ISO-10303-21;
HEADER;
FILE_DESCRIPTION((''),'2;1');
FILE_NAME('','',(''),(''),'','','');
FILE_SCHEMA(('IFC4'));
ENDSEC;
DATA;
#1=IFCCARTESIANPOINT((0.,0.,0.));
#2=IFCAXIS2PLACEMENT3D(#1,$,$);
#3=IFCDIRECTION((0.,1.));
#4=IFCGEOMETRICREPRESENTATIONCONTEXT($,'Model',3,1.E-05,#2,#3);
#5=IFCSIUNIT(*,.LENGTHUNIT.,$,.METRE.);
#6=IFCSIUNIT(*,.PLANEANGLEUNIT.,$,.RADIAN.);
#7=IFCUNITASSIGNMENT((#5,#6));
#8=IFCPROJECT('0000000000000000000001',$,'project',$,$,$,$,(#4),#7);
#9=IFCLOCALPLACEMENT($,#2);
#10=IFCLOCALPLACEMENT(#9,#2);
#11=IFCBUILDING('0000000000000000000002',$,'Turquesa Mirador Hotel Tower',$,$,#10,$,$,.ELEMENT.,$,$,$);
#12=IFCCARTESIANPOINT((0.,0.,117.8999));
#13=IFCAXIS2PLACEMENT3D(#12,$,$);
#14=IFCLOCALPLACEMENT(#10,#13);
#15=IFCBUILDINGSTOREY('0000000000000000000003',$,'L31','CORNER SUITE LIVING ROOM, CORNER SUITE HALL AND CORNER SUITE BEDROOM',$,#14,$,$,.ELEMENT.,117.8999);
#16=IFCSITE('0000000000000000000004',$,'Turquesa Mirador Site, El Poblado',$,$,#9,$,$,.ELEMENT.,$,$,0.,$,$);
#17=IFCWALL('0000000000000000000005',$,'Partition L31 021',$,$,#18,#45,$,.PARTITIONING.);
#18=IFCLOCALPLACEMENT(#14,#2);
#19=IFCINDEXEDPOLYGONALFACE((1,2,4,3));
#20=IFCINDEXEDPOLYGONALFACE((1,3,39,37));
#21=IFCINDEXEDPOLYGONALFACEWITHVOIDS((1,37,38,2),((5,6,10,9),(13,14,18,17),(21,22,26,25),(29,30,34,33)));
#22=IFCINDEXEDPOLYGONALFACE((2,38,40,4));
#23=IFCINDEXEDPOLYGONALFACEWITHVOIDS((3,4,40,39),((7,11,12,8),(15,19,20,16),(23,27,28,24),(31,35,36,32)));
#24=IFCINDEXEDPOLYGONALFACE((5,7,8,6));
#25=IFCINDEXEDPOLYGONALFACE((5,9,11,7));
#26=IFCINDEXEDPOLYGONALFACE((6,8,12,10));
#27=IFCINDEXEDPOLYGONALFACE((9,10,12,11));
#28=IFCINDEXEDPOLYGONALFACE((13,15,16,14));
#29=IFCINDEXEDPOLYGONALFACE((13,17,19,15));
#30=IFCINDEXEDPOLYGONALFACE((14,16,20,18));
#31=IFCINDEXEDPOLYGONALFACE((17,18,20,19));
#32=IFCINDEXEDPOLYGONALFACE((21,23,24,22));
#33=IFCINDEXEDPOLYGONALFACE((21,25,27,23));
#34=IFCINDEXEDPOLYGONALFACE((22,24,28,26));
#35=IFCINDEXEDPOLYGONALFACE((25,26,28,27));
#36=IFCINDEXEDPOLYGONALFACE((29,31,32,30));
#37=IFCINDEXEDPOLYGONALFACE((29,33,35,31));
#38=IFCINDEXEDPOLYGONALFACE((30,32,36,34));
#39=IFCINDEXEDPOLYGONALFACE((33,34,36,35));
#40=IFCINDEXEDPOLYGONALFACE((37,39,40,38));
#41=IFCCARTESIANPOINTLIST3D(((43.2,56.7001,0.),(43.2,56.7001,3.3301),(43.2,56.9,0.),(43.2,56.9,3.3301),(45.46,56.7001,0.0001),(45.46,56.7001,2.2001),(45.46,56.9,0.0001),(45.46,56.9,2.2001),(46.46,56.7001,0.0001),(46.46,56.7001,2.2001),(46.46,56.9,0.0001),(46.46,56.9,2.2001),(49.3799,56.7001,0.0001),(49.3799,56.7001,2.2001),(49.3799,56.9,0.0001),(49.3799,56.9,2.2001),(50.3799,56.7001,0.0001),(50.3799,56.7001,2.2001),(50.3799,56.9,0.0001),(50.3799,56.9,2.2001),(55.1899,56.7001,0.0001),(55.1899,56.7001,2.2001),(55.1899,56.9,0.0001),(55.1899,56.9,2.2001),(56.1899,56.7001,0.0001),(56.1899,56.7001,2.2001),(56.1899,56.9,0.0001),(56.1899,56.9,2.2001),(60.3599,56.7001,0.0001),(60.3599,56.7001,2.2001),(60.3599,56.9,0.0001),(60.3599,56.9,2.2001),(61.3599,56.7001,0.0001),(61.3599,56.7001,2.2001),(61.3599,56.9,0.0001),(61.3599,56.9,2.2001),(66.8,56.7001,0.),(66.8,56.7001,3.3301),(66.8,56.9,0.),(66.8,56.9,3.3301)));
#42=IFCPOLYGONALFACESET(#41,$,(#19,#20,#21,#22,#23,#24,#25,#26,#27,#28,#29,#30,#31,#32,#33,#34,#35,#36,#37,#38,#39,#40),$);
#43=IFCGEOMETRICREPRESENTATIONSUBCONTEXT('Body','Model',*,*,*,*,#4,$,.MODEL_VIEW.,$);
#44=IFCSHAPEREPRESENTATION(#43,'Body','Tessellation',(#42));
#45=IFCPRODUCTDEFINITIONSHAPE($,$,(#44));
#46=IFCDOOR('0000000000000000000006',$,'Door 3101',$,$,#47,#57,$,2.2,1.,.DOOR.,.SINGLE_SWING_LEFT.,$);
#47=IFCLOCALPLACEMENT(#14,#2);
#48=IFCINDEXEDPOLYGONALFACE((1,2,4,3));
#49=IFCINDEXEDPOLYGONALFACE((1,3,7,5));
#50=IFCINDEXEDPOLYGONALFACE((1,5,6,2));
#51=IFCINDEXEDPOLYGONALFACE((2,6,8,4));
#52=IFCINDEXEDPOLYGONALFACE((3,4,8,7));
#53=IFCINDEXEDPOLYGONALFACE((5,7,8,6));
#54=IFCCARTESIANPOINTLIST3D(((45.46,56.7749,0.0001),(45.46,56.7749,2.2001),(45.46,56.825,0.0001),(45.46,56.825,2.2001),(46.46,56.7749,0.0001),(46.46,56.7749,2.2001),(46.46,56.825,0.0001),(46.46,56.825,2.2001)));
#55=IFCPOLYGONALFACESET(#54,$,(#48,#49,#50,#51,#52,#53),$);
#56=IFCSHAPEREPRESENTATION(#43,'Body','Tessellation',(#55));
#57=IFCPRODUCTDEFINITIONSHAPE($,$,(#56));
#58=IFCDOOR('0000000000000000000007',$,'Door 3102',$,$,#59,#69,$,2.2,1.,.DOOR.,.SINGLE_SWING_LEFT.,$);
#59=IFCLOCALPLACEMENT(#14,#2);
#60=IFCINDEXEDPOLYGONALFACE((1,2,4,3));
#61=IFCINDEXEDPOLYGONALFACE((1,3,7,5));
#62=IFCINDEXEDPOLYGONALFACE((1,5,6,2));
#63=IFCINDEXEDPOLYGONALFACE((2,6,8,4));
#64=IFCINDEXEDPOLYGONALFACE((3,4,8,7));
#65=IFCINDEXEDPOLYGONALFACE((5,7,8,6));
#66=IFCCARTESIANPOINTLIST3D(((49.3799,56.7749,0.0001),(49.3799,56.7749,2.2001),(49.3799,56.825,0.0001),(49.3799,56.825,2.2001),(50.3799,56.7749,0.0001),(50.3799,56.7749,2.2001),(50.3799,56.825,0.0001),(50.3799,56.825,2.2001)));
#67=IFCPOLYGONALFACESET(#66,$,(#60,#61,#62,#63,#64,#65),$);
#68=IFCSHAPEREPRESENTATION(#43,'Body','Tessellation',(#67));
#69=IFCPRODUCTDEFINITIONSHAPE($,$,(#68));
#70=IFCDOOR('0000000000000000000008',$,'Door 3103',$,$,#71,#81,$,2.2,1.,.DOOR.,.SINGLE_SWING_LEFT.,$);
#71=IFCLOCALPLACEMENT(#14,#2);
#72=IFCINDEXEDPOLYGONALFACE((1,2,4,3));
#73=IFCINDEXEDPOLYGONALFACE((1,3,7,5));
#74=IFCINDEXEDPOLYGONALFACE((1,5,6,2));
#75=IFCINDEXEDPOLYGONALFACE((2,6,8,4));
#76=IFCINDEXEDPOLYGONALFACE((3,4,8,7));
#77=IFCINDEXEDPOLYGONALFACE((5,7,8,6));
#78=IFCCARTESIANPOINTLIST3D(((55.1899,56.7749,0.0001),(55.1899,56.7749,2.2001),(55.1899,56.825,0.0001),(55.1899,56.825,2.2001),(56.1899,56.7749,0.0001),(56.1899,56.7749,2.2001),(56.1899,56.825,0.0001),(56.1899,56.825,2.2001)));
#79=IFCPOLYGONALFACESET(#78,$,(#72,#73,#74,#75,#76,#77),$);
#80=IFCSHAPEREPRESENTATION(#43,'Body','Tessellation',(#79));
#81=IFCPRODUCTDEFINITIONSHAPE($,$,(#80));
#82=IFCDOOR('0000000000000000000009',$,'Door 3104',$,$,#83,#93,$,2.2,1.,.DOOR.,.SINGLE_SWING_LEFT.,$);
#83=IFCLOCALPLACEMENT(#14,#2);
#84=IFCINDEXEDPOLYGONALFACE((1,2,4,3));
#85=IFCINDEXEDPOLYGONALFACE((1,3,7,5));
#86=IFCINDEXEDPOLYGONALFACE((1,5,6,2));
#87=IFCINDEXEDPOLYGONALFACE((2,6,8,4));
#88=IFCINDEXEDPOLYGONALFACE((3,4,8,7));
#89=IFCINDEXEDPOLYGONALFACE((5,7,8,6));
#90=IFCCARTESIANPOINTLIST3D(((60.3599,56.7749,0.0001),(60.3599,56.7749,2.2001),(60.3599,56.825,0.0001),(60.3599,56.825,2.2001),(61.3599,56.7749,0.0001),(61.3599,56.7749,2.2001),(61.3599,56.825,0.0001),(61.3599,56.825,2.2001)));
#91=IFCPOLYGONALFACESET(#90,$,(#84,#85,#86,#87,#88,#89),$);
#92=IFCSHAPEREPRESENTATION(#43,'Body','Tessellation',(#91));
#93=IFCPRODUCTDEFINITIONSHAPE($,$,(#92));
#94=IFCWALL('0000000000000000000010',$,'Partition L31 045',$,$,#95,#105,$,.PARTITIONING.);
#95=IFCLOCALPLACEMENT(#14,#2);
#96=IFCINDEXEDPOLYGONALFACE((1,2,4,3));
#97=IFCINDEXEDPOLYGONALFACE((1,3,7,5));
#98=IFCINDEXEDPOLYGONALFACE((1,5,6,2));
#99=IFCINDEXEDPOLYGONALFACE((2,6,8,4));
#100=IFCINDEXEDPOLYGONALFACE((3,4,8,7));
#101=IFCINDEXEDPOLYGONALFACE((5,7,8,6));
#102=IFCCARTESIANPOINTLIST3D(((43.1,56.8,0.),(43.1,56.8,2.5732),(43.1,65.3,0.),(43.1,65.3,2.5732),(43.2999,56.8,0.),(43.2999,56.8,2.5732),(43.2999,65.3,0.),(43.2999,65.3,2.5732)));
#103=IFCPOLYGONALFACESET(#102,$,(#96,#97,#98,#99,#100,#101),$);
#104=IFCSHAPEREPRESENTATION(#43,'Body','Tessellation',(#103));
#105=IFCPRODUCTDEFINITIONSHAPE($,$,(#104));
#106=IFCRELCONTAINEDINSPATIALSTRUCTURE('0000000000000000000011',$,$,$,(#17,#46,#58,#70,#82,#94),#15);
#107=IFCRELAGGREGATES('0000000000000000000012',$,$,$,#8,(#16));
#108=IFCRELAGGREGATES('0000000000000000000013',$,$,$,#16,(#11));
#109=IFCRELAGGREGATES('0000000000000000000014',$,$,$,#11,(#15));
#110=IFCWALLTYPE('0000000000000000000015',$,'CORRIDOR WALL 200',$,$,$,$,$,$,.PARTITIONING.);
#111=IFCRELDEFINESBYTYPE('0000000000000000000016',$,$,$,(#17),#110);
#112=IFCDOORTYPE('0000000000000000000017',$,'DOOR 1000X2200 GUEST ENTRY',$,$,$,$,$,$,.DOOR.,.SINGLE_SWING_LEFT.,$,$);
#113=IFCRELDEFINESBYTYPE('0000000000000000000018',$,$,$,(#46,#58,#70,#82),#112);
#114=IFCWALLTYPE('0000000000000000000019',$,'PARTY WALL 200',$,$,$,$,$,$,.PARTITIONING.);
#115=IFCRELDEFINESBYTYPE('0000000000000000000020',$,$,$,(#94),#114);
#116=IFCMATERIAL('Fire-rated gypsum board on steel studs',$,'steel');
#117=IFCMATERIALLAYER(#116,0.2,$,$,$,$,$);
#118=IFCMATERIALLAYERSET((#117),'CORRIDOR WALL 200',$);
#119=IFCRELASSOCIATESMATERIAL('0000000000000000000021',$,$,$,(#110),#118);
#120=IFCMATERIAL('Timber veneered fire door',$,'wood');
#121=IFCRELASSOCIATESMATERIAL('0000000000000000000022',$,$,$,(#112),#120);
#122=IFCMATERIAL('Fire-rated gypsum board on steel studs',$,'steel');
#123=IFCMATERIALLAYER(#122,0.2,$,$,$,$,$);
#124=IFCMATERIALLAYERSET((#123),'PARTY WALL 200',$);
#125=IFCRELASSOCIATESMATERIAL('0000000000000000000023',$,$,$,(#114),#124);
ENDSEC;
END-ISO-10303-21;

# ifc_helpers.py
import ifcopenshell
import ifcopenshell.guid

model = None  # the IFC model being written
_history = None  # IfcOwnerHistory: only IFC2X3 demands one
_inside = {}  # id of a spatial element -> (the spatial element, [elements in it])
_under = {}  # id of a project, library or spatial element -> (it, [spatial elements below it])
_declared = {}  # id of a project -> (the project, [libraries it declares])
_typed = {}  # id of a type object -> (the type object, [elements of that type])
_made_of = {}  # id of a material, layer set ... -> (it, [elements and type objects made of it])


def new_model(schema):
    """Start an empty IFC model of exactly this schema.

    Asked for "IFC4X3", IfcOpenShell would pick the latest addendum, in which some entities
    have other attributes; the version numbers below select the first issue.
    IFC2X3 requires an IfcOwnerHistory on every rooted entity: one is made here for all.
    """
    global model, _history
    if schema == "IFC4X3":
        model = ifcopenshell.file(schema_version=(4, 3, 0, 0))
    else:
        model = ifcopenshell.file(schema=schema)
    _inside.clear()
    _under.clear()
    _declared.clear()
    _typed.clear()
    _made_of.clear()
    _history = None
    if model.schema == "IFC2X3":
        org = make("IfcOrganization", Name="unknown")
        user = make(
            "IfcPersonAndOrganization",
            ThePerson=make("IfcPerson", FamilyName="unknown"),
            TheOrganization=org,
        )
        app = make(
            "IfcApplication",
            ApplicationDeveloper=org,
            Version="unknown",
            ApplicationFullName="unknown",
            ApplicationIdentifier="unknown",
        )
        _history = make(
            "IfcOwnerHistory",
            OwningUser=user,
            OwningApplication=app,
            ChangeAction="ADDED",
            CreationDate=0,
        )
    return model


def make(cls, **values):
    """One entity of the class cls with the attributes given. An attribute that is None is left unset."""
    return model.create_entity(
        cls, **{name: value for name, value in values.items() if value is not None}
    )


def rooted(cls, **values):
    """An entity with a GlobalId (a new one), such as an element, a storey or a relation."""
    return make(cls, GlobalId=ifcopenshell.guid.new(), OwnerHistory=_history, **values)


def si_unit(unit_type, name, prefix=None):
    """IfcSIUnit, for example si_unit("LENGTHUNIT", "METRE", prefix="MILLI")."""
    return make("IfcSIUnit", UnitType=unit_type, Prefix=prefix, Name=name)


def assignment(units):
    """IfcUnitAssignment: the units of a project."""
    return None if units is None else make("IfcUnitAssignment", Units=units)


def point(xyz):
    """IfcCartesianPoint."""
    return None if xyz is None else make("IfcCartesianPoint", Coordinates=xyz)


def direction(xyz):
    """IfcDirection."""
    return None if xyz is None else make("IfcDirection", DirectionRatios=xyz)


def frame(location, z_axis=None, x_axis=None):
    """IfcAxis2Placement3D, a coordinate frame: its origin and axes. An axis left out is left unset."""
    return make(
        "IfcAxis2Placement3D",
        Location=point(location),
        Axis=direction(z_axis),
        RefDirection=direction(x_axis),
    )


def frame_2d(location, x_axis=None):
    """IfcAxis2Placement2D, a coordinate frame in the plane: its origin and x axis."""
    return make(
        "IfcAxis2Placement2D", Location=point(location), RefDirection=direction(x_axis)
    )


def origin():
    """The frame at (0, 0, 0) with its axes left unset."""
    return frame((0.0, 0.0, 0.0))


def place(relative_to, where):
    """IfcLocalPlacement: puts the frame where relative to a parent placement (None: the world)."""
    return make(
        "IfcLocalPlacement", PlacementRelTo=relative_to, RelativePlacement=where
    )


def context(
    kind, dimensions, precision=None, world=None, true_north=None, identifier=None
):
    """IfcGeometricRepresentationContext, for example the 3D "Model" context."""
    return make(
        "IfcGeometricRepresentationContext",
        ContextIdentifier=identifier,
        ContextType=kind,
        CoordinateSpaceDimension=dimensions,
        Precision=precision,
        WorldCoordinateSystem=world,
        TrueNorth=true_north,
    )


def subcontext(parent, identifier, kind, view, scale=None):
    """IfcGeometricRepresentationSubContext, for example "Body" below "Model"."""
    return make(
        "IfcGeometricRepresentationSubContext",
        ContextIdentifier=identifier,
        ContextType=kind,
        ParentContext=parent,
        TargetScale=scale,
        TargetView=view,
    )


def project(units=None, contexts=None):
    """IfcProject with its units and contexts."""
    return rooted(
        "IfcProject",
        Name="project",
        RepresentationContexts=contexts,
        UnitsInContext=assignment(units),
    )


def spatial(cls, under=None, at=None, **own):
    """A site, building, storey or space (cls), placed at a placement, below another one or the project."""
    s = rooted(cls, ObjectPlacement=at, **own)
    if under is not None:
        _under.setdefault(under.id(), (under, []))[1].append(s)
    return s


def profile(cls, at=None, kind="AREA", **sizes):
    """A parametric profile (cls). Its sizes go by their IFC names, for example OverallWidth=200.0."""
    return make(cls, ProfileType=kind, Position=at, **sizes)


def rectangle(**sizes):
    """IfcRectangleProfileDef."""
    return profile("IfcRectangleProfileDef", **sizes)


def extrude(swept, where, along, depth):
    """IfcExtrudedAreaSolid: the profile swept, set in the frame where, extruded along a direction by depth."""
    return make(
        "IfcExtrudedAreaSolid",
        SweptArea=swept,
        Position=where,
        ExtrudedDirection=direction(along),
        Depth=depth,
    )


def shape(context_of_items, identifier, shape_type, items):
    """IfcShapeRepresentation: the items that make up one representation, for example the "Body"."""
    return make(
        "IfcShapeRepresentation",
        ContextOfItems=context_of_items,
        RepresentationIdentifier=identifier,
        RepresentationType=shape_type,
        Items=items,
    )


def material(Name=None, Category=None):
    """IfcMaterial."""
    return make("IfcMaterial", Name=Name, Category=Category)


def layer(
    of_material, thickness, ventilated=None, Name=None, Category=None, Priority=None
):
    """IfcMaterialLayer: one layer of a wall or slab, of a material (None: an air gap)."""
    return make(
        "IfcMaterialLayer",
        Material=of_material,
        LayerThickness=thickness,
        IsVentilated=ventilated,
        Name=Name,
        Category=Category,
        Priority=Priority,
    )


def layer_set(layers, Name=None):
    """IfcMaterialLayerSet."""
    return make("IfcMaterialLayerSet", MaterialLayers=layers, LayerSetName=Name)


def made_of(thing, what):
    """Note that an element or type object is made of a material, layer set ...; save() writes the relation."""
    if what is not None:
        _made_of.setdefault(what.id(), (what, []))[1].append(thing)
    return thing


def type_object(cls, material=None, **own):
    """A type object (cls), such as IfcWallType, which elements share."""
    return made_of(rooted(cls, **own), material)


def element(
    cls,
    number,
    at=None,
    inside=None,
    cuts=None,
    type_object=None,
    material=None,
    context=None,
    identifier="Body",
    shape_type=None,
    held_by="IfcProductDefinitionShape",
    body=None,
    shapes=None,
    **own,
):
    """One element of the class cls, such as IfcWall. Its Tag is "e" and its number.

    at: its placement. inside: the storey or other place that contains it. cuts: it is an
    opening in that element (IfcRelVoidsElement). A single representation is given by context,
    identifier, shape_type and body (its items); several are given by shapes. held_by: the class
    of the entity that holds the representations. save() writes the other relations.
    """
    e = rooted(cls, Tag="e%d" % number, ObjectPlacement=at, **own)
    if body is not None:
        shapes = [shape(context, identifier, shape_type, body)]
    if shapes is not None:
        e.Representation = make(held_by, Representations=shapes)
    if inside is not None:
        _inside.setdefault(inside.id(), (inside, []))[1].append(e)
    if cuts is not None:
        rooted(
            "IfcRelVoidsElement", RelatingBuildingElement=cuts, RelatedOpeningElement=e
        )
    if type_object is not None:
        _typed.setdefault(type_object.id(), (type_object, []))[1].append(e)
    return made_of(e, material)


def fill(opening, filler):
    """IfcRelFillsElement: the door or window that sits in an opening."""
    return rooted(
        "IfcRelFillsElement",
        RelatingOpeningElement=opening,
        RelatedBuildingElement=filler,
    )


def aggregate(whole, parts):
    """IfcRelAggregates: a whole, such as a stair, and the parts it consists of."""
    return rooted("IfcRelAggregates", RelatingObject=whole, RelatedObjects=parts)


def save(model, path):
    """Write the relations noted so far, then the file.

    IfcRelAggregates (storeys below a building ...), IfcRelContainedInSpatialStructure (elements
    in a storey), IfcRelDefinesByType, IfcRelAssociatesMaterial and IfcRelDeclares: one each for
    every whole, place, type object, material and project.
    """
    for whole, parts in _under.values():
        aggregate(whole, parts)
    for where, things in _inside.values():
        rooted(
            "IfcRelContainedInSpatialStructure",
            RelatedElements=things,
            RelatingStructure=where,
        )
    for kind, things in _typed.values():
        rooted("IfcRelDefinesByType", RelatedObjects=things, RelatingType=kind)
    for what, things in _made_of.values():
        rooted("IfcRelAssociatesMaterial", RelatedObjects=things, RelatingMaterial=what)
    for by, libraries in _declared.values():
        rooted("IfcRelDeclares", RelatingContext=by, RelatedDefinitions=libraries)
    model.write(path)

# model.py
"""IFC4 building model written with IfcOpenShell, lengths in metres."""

from ifc_helpers import new_model, si_unit, direction, frame, frame_2d, origin, place, context, subcontext, project, spatial, rectangle, extrude, material, layer, layer_set, type_object, element, fill, save


model = new_model("IFC4")

# Units and contexts
model_context = context("Model", 3, precision=1e-05, world=origin(), true_north=direction((0.0, 1.0)))
body_context = subcontext(model_context, "Body", "Model", "MODEL_VIEW")
ifc_project = project(units=[si_unit("LENGTHUNIT", "METRE"), si_unit("PLANEANGLEUNIT", "RADIAN")], contexts=[model_context])

# Site, building, storey
site_placement = place(None, origin())
site = spatial("IfcSite", under=ifc_project, at=site_placement, Name="Turquesa Mirador Site, El Poblado", CompositionType="ELEMENT", RefElevation=0.0)
building_placement = place(site_placement, origin())
building = spatial("IfcBuilding", under=site, at=building_placement, Name="Turquesa Mirador Hotel Tower", CompositionType="ELEMENT")
storey_placement = place(building_placement, frame((0.0, 0.0, 117.8999)))
storey = spatial("IfcBuildingStorey", under=building, at=storey_placement, Name="L31", Description="CORNER SUITE LIVING ROOM, CORNER SUITE HALL AND CORNER SUITE BEDROOM", CompositionType="ELEMENT", Elevation=117.8999)

# Wall, openings, doors
ifc_material_1 = material(Name="Fire-rated gypsum board on steel studs", Category="steel")
ifc_layer_1 = layer(ifc_material_1, 0.2)
ifc_layer_set_1 = layer_set([ifc_layer_1], Name="CORRIDOR WALL 200")
wall_type_1 = type_object("IfcWallType", Name="CORRIDOR WALL 200", PredefinedType="PARTITIONING", material=ifc_layer_set_1)
wall_1_placement = place(storey_placement, frame((43.2, 56.8, 0.0), z_axis=(0.0, 0.0, 1.0), x_axis=(1.0, 0.0, 0.0)))
wall_1 = element("IfcWall", 1, at=wall_1_placement, inside=storey, type_object=wall_type_1, Name="Partition L31 021", PredefinedType="PARTITIONING", context=body_context, shape_type="SweptSolid", body=[
    extrude(rectangle(XDim=23.6001, YDim=0.2, at=frame_2d((11.8, 0.0))), origin(), (0.0, 0.0, 1.0), 3.3301),
])
opening_1_placement = place(wall_1_placement, frame((2.26, 0.0, 0.0)))
opening_1 = element("IfcOpeningElement", 2, at=opening_1_placement, cuts=wall_1, PredefinedType="OPENING", context=body_context, shape_type="SweptSolid", body=[
    extrude(rectangle(XDim=1.0, YDim=2.2, at=frame_2d((0.5, 1.1001))), frame((0.0, 0.1099, 0.0), z_axis=(0.0, -1.0, 0.0), x_axis=(1.0, 0.0, 0.0)), (0.0, 0.0, 1.0), 0.22),
])
opening_2_placement = place(wall_1_placement, frame((6.1799, 0.0, 0.0)))
opening_2 = element("IfcOpeningElement", 3, at=opening_2_placement, cuts=wall_1, PredefinedType="OPENING", context=body_context, shape_type="SweptSolid", body=[
    extrude(rectangle(XDim=1.0, YDim=2.2, at=frame_2d((0.5, 1.1001))), frame((0.0, 0.1099, 0.0), z_axis=(0.0, -1.0, 0.0), x_axis=(1.0, 0.0, 0.0)), (0.0, 0.0, 1.0), 0.22),
])
opening_3_placement = place(wall_1_placement, frame((11.99, 0.0, 0.0)))
opening_3 = element("IfcOpeningElement", 4, at=opening_3_placement, cuts=wall_1, PredefinedType="OPENING", context=body_context, shape_type="SweptSolid", body=[
    extrude(rectangle(XDim=1.0, YDim=2.2, at=frame_2d((0.5, 1.1001))), frame((0.0, 0.1099, 0.0), z_axis=(0.0, -1.0, 0.0), x_axis=(1.0, 0.0, 0.0)), (0.0, 0.0, 1.0), 0.22),
])
opening_4_placement = place(wall_1_placement, frame((17.1599, 0.0, 0.0)))
opening_4 = element("IfcOpeningElement", 5, at=opening_4_placement, cuts=wall_1, PredefinedType="OPENING", context=body_context, shape_type="SweptSolid", body=[
    extrude(rectangle(XDim=1.0, YDim=2.2, at=frame_2d((0.5, 1.1001))), frame((0.0, 0.1099, 0.0), z_axis=(0.0, -1.0, 0.0), x_axis=(1.0, 0.0, 0.0)), (0.0, 0.0, 1.0), 0.22),
])
ifc_material_2 = material(Name="Timber veneered fire door", Category="wood")
door_type = type_object("IfcDoorType", Name="DOOR 1000X2200 GUEST ENTRY", OperationType="SINGLE_SWING_LEFT", PredefinedType="DOOR", material=ifc_material_2)
door_1_placement = place(opening_1_placement, origin())
door_1 = element("IfcDoor", 6, at=door_1_placement, inside=storey, type_object=door_type, Name="Door 3101", OperationType="SINGLE_SWING_LEFT", OverallHeight=2.2, OverallWidth=1.0, PredefinedType="DOOR", context=body_context, shape_type="SweptSolid", body=[
    extrude(rectangle(XDim=1.0, YDim=2.2, at=frame_2d((0.5, 1.1001))), frame((0.0, 0.0249, 0.0), z_axis=(0.0, -1.0, 0.0), x_axis=(1.0, 0.0, 0.0)), (0.0, 0.0, 1.0), 0.05),
])
fill(opening_1, door_1)
door_2_placement = place(opening_2_placement, origin())
door_2 = element("IfcDoor", 7, at=door_2_placement, inside=storey, type_object=door_type, Name="Door 3102", OperationType="SINGLE_SWING_LEFT", OverallHeight=2.2, OverallWidth=1.0, PredefinedType="DOOR", context=body_context, shape_type="SweptSolid", body=[
    extrude(rectangle(XDim=1.0, YDim=2.2, at=frame_2d((0.5, 1.1001))), frame((0.0, 0.0249, 0.0), z_axis=(0.0, -1.0, 0.0), x_axis=(1.0, 0.0, 0.0)), (0.0, 0.0, 1.0), 0.05),
])
fill(opening_2, door_2)
door_3_placement = place(opening_3_placement, origin())
door_3 = element("IfcDoor", 8, at=door_3_placement, inside=storey, type_object=door_type, Name="Door 3103", OperationType="SINGLE_SWING_LEFT", OverallHeight=2.2, OverallWidth=1.0, PredefinedType="DOOR", context=body_context, shape_type="SweptSolid", body=[
    extrude(rectangle(XDim=1.0, YDim=2.2, at=frame_2d((0.5, 1.1001))), frame((0.0, 0.0249, 0.0), z_axis=(0.0, -1.0, 0.0), x_axis=(1.0, 0.0, 0.0)), (0.0, 0.0, 1.0), 0.05),
])
fill(opening_3, door_3)
door_4_placement = place(opening_4_placement, origin())
door_4 = element("IfcDoor", 9, at=door_4_placement, inside=storey, type_object=door_type, Name="Door 3104", OperationType="SINGLE_SWING_LEFT", OverallHeight=2.2, OverallWidth=1.0, PredefinedType="DOOR", context=body_context, shape_type="SweptSolid", body=[
    extrude(rectangle(XDim=1.0, YDim=2.2, at=frame_2d((0.5, 1.1001))), frame((0.0, 0.0249, 0.0), z_axis=(0.0, -1.0, 0.0), x_axis=(1.0, 0.0, 0.0)), (0.0, 0.0, 1.0), 0.05),
])
fill(opening_4, door_4)

# Wall
ifc_material_3 = material(Name="Fire-rated gypsum board on steel studs", Category="steel")
ifc_layer_2 = layer(ifc_material_3, 0.2)
ifc_layer_set_2 = layer_set([ifc_layer_2], Name="PARTY WALL 200")
wall_type_2 = type_object("IfcWallType", Name="PARTY WALL 200", PredefinedType="PARTITIONING", material=ifc_layer_set_2)
wall_2_placement = place(storey_placement, frame((43.2, 56.8, 0.0), z_axis=(0.0, 0.0, 1.0), x_axis=(0.0, 1.0, 0.0)))
element("IfcWall", 10, at=wall_2_placement, inside=storey, type_object=wall_type_2, Name="Partition L31 045", PredefinedType="PARTITIONING", context=body_context, shape_type="SweptSolid", body=[
    extrude(rectangle(XDim=8.5, YDim=0.2, at=frame_2d((4.25, 0.0))), origin(), (0.0, 0.0, 1.0), 2.5732),
])

save(model, "model.ifc")
